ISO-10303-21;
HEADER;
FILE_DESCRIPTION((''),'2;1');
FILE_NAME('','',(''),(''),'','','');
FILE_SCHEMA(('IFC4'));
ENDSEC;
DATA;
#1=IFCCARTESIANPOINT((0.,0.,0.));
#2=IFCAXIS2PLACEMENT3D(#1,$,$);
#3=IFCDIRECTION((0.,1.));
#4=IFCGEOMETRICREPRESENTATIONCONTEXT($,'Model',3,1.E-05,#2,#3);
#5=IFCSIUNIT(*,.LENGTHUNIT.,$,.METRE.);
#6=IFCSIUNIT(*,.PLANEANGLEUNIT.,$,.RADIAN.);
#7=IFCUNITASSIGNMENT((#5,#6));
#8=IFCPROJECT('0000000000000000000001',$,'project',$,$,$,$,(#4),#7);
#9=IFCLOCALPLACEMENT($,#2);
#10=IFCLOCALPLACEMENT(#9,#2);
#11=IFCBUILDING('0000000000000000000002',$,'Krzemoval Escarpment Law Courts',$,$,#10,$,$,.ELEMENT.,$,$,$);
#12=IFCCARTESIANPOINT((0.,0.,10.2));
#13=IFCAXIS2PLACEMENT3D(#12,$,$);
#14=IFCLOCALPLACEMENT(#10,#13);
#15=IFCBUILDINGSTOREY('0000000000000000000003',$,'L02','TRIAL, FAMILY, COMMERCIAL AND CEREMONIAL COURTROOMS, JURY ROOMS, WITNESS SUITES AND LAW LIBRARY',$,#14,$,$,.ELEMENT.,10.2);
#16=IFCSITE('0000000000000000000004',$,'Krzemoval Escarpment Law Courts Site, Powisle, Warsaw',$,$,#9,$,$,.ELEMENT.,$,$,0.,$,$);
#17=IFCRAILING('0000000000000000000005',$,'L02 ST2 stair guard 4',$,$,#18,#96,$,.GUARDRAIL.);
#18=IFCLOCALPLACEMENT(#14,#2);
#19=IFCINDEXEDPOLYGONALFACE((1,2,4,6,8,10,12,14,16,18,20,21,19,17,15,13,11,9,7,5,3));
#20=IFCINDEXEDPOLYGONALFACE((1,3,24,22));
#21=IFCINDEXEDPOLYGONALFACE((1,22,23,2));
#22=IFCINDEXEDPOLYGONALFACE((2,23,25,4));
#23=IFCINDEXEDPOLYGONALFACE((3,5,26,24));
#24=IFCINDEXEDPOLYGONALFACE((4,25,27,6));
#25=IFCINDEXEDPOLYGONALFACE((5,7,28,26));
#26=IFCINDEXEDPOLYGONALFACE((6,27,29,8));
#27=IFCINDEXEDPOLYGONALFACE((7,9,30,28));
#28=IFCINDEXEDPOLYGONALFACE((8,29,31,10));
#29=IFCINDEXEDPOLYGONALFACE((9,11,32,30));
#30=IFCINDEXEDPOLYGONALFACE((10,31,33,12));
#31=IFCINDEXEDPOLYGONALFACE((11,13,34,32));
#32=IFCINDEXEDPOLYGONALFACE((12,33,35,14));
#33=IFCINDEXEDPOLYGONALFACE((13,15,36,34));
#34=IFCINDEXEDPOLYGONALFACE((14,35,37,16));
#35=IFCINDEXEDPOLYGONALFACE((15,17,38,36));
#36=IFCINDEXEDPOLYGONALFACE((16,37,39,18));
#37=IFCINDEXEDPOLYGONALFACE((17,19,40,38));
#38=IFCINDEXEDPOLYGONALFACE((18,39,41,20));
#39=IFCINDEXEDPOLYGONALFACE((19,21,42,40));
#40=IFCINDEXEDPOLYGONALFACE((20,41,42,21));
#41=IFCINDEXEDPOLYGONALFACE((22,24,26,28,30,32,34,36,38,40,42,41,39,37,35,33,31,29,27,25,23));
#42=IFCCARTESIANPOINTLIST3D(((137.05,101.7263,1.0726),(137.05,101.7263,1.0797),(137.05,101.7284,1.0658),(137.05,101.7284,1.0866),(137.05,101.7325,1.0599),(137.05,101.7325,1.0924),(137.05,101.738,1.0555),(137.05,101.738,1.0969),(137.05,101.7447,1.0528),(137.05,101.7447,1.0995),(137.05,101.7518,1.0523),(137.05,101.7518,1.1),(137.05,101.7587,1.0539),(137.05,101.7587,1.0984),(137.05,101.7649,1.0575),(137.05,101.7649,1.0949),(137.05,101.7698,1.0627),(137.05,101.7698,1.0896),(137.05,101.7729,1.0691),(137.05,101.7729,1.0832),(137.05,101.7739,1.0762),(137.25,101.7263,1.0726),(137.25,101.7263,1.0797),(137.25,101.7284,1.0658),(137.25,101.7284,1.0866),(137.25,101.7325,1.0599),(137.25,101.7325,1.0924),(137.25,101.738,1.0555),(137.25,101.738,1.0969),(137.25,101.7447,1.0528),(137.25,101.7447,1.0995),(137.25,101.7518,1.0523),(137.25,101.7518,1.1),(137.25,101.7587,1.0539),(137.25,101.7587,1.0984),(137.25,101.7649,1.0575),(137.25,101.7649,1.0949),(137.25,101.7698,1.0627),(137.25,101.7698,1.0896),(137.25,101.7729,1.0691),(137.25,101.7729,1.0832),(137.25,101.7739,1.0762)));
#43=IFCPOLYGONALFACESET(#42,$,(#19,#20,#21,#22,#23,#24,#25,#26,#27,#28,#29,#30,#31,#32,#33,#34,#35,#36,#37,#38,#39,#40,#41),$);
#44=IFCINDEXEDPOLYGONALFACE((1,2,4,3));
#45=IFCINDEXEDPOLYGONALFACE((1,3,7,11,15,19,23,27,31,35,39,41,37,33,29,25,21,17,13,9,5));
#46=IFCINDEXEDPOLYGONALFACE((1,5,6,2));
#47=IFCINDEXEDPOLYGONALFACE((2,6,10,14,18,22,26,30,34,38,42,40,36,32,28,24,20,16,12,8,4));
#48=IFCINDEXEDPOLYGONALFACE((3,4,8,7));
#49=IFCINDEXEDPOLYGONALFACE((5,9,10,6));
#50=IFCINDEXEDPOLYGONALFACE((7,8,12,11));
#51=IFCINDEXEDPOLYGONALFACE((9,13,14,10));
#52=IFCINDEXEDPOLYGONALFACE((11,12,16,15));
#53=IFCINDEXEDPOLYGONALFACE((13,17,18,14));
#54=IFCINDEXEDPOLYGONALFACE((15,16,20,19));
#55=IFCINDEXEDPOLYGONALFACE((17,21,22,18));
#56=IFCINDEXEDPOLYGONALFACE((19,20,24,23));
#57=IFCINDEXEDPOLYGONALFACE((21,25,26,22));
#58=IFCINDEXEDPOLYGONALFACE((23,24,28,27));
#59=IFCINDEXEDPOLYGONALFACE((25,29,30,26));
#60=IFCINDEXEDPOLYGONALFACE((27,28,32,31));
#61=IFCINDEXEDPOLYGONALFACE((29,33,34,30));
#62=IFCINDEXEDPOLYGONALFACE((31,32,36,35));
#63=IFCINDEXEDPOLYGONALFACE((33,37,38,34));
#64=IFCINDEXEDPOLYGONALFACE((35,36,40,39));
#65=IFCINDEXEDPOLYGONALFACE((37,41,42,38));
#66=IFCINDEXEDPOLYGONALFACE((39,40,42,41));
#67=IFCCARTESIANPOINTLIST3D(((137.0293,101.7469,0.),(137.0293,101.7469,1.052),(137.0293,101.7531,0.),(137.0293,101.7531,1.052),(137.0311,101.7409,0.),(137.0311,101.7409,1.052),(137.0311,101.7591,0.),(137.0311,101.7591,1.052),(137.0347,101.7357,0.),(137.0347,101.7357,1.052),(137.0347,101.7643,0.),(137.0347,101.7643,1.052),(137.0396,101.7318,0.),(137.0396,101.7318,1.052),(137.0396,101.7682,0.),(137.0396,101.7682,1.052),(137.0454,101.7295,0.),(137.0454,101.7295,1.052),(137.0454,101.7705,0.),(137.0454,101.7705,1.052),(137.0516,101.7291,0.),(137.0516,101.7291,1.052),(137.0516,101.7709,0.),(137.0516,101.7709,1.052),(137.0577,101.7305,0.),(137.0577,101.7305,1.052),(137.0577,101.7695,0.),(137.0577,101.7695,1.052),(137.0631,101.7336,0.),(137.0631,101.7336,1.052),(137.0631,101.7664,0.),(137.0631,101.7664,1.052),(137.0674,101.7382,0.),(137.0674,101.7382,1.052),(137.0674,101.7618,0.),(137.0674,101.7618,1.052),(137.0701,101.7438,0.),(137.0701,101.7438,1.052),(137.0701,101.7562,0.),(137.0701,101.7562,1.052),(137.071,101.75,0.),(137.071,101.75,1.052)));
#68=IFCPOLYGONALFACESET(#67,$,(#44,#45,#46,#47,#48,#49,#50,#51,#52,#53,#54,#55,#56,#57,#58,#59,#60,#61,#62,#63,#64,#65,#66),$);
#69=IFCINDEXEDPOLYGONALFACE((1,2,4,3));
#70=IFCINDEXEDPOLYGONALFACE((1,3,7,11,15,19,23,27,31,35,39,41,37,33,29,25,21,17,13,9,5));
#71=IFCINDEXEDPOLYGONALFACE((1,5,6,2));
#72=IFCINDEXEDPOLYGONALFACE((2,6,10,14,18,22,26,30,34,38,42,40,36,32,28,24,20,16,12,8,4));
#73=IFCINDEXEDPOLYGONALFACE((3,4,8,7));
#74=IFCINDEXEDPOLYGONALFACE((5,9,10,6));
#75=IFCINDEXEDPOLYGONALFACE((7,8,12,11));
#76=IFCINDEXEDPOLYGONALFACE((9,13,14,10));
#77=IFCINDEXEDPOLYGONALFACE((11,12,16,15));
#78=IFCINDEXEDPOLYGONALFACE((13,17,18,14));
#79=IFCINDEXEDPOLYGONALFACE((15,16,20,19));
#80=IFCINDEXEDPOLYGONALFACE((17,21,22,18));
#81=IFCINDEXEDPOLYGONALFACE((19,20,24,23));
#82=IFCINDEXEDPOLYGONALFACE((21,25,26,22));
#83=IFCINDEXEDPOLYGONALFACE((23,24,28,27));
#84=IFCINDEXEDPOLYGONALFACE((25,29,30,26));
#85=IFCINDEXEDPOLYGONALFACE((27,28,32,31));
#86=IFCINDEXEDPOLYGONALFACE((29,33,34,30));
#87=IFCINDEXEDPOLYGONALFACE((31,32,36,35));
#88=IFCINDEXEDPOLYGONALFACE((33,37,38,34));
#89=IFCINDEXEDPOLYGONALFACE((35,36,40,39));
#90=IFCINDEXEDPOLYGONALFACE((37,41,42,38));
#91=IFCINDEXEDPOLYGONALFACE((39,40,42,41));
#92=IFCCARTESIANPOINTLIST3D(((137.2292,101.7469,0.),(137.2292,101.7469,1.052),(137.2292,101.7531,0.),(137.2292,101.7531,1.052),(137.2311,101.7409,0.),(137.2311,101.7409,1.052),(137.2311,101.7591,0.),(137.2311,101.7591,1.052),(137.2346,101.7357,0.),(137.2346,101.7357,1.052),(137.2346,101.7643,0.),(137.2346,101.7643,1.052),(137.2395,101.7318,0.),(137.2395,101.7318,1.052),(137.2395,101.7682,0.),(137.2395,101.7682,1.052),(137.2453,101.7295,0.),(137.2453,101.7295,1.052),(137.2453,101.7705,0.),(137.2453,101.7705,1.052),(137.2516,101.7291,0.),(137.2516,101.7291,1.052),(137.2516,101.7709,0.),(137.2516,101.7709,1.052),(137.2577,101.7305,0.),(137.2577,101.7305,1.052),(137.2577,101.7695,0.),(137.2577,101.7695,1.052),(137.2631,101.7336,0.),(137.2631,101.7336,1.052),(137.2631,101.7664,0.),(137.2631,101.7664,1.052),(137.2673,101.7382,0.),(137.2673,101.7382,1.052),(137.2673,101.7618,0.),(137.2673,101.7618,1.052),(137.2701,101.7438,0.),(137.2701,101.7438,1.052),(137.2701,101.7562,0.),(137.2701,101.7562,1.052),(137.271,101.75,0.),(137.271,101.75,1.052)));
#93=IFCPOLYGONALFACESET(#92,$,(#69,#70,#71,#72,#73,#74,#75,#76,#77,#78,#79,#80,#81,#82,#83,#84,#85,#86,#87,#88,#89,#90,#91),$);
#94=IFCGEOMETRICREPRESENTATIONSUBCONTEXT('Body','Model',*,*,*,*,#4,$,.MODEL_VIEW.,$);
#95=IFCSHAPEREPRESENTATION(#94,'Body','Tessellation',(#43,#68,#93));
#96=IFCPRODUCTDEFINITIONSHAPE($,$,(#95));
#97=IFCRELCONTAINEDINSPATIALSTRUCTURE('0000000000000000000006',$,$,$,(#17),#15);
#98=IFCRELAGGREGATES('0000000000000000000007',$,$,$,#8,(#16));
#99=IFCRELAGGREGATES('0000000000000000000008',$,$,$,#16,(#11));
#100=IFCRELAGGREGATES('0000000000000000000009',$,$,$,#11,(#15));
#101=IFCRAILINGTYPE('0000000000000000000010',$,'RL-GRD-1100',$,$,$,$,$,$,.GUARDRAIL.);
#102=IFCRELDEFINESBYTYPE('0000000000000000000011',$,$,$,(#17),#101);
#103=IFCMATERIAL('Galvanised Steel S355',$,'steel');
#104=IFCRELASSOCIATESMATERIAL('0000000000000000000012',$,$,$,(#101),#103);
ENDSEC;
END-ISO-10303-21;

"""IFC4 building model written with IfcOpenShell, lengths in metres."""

from ifc_helpers import new_model, si_unit, direction, frame, origin, origin_2d, place, context, subcontext, project, spatial, circle, extrude, material, type_object, element, save


model = new_model("IFC4")

# Units and contexts
model_context = context("Model", 3, precision=1e-05, world=origin(), true_north=direction((0.0, 1.0)))
body_context = subcontext(model_context, "Body", "Model", "MODEL_VIEW")
ifc_project = project(units=[si_unit("LENGTHUNIT", "METRE"), si_unit("PLANEANGLEUNIT", "RADIAN")], contexts=[model_context])

# Site, building, storey
site_placement = place(None, origin())
site = spatial("IfcSite", under=ifc_project, at=site_placement, Name="Krzemoval Escarpment Law Courts Site, Powisle, Warsaw", CompositionType="ELEMENT", RefElevation=0.0)
building_placement = place(site_placement, origin())
building = spatial("IfcBuilding", under=site, at=building_placement, Name="Krzemoval Escarpment Law Courts", CompositionType="ELEMENT")
storey_placement = place(building_placement, frame((0.0, 0.0, 10.2)))
storey = spatial("IfcBuildingStorey", under=building, at=storey_placement, Name="L02", Description="TRIAL, FAMILY, COMMERCIAL AND CEREMONIAL COURTROOMS, JURY ROOMS, WITNESS SUITES AND LAW LIBRARY", CompositionType="ELEMENT", Elevation=10.2)

# Railing
ifc_material_1 = material(Name="Galvanised Steel S355", Category="steel")
railing_type_1 = type_object("IfcRailingType", Name="RL-GRD-1100", PredefinedType="GUARDRAIL", material=ifc_material_1)
railing_1_placement = place(storey_placement, frame((137.05, 101.75, 0.0)))
element("IfcRailing", 1, at=railing_1_placement, inside=storey, type_object=railing_type_1, Name="L02 ST2 stair guard 4", PredefinedType="GUARDRAIL", context=body_context, shape_type="SweptSolid", body=[
    extrude(circle(Radius=0.0239, at=origin_2d()), frame((0.0, 0.0, 1.0762), z_axis=(1.0, 0.0, 0.0), x_axis=(0.0, 1.0, 0.0)), (0.0, 0.0, 1.0), 0.2),
    extrude(circle(Radius=0.021, at=origin_2d()), origin(), (0.0, 0.0, 1.0), 1.052),
    extrude(circle(Radius=0.021, at=origin_2d()), frame((0.2, 0.0, 0.0)), (0.0, 0.0, 1.0), 1.052),
])

save(model, "model.ifc")
